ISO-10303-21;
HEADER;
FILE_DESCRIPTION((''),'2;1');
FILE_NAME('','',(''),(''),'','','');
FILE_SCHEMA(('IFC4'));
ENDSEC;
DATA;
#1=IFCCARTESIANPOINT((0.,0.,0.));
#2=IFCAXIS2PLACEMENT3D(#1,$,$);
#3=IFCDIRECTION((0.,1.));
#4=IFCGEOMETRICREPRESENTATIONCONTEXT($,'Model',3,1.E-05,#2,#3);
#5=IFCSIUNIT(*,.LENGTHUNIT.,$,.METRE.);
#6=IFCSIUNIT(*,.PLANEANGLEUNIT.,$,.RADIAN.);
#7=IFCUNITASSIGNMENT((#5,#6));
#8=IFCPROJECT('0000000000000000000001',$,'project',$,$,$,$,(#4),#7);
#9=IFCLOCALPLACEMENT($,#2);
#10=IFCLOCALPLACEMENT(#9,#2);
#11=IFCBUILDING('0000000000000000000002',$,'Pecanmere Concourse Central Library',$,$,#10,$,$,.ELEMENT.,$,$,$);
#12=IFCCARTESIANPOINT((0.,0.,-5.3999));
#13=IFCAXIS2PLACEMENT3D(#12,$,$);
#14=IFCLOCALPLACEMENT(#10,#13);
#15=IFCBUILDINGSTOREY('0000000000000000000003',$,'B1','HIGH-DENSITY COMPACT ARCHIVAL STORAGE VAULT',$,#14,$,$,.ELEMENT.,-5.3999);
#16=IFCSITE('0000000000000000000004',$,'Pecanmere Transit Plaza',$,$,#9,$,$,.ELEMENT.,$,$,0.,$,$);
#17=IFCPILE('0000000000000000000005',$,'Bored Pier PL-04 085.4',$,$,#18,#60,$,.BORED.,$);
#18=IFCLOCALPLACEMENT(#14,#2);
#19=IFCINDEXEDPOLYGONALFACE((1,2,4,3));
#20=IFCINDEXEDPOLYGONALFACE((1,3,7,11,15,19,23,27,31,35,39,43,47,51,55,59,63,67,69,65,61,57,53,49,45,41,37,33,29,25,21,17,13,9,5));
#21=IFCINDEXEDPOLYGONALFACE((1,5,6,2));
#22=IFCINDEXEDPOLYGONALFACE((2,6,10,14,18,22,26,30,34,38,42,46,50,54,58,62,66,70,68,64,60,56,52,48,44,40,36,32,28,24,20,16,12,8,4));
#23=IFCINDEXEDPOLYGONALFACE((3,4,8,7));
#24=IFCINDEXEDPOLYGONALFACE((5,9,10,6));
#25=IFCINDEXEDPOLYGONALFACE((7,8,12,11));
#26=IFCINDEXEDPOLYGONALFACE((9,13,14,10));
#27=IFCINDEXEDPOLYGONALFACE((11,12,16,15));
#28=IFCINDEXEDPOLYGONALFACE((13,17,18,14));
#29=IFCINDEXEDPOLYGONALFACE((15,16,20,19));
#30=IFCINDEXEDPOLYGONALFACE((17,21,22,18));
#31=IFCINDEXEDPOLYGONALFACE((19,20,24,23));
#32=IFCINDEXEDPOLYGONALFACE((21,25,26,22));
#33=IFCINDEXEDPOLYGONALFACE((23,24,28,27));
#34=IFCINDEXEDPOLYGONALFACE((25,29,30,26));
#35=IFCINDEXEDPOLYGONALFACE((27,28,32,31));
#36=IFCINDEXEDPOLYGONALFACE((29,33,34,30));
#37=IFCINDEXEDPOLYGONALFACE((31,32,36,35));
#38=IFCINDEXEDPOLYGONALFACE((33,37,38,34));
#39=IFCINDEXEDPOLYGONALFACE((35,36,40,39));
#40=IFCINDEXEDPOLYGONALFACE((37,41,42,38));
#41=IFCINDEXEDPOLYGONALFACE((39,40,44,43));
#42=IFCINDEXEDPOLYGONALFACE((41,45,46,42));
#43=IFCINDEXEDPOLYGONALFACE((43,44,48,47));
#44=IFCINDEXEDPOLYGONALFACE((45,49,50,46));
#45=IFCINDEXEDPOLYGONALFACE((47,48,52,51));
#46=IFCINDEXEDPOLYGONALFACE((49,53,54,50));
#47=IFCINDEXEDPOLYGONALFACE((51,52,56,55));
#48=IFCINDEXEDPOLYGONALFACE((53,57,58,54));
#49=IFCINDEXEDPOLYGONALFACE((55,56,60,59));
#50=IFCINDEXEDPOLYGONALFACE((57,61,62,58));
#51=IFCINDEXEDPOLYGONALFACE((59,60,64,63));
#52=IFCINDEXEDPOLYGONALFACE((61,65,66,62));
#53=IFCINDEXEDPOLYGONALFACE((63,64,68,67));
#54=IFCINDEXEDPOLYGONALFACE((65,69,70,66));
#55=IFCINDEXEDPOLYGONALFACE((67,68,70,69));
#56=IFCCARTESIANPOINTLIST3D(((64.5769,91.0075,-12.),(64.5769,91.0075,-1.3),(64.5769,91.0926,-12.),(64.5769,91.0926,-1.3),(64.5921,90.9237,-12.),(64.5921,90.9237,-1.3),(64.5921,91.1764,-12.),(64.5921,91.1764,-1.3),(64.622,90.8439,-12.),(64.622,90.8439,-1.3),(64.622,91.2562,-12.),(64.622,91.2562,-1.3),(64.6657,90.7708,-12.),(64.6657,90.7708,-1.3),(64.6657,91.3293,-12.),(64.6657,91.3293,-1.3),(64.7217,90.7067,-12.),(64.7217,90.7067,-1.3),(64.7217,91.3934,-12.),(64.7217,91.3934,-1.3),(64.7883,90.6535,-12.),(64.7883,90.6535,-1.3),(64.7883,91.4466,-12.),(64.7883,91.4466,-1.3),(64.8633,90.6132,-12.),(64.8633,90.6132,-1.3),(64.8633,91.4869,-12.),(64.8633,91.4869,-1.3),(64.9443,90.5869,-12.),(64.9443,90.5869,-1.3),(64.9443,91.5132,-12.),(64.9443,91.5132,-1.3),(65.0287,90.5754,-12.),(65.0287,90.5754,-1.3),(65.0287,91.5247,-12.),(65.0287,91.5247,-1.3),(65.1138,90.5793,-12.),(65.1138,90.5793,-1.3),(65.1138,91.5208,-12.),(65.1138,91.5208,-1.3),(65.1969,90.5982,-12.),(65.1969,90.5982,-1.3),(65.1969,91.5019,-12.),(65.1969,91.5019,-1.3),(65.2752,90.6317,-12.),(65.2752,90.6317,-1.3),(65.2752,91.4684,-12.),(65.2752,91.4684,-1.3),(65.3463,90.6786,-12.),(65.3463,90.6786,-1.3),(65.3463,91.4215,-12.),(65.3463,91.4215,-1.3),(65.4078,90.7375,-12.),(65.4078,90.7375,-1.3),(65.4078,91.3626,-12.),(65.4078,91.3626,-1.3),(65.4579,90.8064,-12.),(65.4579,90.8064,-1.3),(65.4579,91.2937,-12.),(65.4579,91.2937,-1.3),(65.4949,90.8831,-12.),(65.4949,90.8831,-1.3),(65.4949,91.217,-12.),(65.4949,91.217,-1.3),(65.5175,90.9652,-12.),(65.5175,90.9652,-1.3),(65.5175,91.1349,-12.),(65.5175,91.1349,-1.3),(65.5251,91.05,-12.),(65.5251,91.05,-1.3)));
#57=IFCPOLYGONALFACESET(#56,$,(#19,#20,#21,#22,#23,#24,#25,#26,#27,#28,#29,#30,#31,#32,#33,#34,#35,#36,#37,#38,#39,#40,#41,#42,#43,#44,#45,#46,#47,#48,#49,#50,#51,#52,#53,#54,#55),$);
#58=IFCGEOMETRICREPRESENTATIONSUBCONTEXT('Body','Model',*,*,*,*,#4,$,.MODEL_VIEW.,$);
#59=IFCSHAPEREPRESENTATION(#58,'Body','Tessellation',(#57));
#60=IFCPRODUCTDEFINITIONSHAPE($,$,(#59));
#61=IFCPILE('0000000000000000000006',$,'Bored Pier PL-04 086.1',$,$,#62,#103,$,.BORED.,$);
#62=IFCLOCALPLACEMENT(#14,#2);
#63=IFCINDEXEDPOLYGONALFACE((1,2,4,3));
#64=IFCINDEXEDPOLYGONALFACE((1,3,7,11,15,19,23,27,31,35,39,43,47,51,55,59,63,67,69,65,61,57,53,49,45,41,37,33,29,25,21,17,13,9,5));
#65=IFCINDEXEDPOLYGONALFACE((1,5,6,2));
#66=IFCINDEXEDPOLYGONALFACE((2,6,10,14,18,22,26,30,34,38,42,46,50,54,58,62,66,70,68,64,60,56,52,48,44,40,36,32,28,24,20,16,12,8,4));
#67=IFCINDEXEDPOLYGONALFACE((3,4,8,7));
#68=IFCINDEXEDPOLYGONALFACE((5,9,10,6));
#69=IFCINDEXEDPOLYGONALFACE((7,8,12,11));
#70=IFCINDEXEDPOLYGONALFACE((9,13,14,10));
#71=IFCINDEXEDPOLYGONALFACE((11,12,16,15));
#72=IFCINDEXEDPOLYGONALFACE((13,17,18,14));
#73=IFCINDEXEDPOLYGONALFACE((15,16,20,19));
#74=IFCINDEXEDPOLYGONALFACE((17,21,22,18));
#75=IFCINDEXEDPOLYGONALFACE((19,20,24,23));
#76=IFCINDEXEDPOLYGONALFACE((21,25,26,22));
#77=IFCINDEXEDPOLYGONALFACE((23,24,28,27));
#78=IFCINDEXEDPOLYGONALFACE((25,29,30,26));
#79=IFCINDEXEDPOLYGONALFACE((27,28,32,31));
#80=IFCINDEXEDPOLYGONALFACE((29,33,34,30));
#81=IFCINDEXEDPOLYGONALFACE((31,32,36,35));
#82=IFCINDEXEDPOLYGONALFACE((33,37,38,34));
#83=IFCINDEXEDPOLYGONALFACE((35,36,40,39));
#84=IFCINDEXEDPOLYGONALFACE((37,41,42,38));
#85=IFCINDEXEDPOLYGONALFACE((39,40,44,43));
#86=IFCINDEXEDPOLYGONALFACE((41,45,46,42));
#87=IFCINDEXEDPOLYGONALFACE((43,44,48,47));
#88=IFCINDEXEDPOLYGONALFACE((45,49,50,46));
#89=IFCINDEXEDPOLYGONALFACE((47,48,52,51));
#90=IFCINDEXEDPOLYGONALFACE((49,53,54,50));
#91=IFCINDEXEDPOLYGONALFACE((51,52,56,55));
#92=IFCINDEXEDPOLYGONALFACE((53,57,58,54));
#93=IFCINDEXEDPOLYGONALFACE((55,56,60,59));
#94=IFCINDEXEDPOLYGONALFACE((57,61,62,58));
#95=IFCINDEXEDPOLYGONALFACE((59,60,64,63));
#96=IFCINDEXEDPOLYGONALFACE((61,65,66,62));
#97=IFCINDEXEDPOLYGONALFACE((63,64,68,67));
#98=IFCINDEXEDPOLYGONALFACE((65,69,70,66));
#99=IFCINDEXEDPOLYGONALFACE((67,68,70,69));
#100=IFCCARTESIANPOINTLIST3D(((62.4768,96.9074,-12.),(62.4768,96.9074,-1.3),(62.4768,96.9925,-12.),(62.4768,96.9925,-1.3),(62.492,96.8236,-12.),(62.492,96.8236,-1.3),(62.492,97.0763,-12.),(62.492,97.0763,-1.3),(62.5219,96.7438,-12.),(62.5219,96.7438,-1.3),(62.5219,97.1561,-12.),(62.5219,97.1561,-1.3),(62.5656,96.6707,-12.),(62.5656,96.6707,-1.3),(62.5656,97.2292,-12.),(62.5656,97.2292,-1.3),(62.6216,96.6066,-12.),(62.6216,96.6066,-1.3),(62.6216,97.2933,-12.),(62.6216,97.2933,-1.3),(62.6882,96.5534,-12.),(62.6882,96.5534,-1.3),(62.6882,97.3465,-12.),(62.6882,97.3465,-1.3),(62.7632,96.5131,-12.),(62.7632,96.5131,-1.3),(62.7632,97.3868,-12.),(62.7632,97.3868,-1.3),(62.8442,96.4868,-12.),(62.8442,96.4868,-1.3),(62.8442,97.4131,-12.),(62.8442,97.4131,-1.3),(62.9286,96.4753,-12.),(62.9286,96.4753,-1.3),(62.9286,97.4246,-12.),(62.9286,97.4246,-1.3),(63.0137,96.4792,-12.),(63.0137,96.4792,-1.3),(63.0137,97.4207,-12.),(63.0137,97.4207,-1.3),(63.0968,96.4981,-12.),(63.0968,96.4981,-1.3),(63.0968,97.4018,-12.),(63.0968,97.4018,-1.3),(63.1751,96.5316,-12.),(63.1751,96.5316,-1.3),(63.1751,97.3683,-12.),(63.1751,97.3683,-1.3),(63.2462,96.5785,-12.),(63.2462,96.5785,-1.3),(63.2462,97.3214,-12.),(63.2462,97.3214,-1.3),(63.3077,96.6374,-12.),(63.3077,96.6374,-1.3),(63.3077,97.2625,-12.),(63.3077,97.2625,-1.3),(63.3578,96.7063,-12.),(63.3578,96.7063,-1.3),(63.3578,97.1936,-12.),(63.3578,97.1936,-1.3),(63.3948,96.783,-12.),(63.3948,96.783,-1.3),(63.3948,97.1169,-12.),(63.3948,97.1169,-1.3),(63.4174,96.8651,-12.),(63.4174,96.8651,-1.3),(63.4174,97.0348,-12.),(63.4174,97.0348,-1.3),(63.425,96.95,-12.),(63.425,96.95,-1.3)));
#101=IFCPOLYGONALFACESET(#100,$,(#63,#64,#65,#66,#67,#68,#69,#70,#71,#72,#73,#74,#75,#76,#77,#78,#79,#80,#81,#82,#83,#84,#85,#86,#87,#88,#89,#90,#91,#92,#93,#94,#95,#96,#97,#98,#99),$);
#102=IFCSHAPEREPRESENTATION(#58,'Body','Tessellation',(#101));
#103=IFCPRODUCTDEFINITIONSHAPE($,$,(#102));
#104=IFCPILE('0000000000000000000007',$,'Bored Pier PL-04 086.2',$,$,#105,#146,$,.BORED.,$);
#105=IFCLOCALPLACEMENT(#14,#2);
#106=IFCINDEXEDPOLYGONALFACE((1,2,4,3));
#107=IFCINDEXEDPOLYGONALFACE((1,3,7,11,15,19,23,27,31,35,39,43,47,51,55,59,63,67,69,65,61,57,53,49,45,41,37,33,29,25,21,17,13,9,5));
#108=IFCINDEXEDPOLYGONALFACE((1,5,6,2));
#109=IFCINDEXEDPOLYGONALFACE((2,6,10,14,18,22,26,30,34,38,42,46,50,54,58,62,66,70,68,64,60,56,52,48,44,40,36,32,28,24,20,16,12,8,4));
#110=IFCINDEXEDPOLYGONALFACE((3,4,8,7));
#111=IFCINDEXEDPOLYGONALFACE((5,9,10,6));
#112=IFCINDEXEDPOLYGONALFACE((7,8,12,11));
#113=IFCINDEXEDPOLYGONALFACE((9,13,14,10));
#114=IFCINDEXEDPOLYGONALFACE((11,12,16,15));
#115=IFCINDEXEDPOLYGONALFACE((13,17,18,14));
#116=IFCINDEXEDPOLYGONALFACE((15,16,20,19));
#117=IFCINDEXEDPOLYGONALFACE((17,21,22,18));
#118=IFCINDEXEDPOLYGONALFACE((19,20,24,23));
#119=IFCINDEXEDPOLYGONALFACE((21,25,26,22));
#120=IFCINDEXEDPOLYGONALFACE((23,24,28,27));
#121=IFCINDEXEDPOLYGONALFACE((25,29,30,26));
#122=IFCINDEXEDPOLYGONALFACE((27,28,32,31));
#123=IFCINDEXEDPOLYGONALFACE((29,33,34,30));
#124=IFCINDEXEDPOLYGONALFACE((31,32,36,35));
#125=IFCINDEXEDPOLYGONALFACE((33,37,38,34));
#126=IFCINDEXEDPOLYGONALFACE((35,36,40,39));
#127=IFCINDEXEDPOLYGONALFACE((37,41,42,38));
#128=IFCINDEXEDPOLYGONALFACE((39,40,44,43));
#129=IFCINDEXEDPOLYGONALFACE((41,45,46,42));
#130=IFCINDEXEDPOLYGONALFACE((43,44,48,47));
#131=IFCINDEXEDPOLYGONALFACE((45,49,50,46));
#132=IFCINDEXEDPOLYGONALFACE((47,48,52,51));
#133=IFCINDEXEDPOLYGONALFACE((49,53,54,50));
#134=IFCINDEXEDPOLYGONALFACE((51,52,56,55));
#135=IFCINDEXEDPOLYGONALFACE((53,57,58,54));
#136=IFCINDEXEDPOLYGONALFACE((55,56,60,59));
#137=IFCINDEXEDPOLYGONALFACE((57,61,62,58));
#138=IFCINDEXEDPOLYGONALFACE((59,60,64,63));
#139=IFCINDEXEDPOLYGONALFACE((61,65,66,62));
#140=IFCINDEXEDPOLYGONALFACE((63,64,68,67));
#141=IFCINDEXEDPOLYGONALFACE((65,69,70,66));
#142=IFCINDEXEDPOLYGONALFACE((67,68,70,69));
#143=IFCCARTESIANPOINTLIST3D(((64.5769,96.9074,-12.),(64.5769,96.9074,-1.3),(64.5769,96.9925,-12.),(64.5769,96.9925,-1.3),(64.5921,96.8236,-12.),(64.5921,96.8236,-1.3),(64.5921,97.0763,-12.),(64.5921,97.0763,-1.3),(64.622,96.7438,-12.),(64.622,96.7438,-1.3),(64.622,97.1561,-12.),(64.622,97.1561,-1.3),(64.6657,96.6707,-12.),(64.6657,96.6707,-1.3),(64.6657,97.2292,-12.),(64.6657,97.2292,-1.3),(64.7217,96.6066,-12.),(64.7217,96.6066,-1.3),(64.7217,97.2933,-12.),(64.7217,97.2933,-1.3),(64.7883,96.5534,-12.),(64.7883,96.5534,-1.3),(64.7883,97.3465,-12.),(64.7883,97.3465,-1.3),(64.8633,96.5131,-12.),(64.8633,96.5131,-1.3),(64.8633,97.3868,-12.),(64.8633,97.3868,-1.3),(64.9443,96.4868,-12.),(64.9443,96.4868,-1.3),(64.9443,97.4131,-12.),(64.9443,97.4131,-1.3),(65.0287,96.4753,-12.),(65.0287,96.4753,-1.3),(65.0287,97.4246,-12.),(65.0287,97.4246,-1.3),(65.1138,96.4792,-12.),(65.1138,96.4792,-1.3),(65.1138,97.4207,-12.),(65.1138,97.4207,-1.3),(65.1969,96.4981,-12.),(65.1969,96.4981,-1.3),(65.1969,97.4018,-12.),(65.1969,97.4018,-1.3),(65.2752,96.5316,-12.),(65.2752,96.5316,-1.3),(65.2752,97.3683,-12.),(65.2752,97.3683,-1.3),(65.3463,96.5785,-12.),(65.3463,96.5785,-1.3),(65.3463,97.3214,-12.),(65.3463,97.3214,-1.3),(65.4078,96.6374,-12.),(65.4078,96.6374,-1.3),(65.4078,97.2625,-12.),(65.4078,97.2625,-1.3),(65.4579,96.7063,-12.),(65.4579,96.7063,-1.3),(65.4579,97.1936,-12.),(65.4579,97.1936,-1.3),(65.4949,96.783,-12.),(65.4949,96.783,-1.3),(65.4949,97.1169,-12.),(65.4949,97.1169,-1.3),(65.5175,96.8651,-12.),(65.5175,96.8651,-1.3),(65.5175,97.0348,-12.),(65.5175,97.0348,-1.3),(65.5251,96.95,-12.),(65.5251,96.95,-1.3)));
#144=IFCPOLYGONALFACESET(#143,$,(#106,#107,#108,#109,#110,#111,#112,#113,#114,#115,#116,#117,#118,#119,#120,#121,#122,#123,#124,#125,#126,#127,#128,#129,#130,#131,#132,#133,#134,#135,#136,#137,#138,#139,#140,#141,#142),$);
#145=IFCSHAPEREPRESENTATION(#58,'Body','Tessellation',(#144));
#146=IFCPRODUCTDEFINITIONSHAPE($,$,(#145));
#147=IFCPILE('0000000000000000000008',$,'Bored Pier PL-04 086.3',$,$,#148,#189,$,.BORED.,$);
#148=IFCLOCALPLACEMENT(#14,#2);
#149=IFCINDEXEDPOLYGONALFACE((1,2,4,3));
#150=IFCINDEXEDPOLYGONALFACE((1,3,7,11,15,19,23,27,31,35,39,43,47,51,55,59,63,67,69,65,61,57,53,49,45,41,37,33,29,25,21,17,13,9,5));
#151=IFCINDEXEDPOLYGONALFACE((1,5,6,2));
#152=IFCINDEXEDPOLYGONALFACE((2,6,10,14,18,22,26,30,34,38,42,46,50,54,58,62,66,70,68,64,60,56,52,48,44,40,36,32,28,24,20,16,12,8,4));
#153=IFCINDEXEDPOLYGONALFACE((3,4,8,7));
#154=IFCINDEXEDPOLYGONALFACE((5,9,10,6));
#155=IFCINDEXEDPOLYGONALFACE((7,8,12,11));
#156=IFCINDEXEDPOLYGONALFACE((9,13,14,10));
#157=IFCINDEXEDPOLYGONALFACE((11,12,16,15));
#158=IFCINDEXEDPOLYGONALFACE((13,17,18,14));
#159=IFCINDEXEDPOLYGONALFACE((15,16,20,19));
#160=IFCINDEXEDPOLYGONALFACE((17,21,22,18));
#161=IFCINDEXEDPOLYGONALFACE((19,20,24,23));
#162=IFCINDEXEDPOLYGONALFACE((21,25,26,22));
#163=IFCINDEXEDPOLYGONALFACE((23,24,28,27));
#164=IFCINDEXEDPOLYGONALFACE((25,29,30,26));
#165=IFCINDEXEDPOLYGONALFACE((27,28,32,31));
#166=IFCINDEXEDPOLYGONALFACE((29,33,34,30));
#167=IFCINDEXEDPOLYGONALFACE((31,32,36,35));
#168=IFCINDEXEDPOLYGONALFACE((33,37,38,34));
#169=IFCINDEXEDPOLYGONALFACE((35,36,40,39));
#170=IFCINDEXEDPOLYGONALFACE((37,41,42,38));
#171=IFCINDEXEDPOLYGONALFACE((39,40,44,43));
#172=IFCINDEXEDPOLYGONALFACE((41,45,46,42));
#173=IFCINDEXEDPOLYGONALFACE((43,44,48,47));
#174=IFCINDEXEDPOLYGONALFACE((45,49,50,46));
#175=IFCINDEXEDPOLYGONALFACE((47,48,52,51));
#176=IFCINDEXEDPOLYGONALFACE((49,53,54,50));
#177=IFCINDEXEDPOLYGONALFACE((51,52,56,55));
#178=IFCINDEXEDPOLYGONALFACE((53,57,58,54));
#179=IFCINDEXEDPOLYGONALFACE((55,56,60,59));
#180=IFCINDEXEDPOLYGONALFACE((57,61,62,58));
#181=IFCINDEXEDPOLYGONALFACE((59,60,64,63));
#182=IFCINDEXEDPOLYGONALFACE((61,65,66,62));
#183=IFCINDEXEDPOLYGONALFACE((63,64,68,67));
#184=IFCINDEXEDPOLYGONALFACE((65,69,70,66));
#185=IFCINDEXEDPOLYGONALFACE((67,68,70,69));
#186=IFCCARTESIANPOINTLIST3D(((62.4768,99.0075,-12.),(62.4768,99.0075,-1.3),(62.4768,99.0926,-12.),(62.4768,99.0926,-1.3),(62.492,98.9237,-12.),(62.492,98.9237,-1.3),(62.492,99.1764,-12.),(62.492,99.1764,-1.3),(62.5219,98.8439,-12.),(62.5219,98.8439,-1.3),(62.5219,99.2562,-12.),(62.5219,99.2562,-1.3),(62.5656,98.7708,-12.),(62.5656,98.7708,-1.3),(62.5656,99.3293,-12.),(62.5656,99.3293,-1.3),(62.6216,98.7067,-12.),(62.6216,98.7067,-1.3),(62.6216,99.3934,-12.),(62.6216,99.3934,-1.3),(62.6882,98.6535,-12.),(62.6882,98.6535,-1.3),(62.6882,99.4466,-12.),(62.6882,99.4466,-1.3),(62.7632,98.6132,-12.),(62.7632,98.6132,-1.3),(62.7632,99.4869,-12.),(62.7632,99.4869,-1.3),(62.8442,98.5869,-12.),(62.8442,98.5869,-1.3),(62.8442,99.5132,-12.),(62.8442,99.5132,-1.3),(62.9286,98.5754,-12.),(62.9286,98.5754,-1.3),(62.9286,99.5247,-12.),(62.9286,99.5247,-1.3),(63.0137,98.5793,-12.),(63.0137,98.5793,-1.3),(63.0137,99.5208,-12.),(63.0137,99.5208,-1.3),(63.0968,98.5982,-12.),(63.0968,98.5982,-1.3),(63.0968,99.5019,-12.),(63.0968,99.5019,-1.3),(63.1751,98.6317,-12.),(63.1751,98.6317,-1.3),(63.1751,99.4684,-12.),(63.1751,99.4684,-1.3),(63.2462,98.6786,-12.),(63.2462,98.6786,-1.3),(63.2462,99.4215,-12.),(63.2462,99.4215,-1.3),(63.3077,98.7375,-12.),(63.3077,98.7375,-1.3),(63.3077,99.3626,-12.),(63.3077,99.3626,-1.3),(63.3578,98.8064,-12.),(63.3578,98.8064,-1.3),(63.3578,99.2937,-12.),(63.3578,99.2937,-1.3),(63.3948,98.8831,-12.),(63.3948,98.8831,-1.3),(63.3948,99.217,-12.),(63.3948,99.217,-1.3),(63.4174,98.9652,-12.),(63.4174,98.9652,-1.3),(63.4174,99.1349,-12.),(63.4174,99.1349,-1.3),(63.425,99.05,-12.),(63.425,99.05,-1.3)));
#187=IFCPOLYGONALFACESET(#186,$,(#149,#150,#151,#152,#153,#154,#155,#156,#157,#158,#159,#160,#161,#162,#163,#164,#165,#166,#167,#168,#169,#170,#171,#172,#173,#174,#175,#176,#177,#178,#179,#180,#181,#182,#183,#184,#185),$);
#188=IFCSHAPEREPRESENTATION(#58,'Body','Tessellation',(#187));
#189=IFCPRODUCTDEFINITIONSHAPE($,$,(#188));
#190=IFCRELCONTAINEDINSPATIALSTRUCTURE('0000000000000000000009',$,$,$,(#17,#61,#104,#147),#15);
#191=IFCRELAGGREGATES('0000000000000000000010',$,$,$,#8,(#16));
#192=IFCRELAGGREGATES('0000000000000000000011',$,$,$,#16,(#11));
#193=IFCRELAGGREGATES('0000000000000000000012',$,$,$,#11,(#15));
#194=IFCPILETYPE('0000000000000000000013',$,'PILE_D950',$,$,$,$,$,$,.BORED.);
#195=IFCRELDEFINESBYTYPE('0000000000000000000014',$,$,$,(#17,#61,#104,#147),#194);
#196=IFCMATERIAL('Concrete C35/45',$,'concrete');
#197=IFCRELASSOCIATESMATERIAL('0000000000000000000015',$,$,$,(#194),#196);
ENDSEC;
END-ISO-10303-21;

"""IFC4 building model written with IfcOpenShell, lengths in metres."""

from ifc_helpers import new_model, si_unit, direction, frame, origin, origin_2d, place, context, subcontext, project, spatial, circle, extrude, material, material_profile, profile_set, type_object, element, save


model = new_model("IFC4")

# Units and contexts
model_context = context("Model", 3, precision=1e-05, world=origin(), true_north=direction((0.0, 1.0)))
body_context = subcontext(model_context, "Body", "Model", "MODEL_VIEW")
ifc_project = project(units=[si_unit("LENGTHUNIT", "METRE"), si_unit("PLANEANGLEUNIT", "RADIAN")], contexts=[model_context])

# Site, building, storey
site_placement = place(None, origin())
site = spatial("IfcSite", under=ifc_project, at=site_placement, Name="Pecanmere Transit Plaza", CompositionType="ELEMENT", RefElevation=0.0)
building_placement = place(site_placement, origin())
building = spatial("IfcBuilding", under=site, at=building_placement, Name="Pecanmere Concourse Central Library", CompositionType="ELEMENT")
storey_placement = place(building_placement, frame((0.0, 0.0, -5.3999)))
storey = spatial("IfcBuildingStorey", under=building, at=storey_placement, Name="B1", Description="HIGH-DENSITY COMPACT ARCHIVAL STORAGE VAULT", CompositionType="ELEMENT", Elevation=-5.3999)

# Piles
ifc_material_1 = material(Name="Concrete C35/45", Category="concrete")
ifc_material_profile_1 = material_profile(ifc_material_1, circle(Radius=0.4751, at=origin_2d()), Name="PIER D950")
ifc_profile_set_1 = profile_set([ifc_material_profile_1], Name="Concrete C35/45")
pile_type_1 = type_object("IfcPileType", Name="PILE_D950", PredefinedType="BORED", material=ifc_profile_set_1)
for number, where, z_axis, x_axis, name in (
    (1, (65.05, 91.05, -1.3), (0.0, 0.0, -1.0), (1.0, 0.0, 0.0), "Bored Pier PL-04 085.4"),
    (2, (62.95, 96.95, -1.3), (0.0, 0.0, -1.0), (1.0, 0.0, 0.0), "Bored Pier PL-04 086.1"),
    (3, (65.05, 96.95, -1.3), (0.0, 0.0, -1.0), (1.0, 0.0, 0.0), "Bored Pier PL-04 086.2"),
    (4, (62.95, 99.05, -1.3), (0.0, 0.0, -1.0), (1.0, 0.0, 0.0), "Bored Pier PL-04 086.3"),
):
    element("IfcPile", number, at=place(storey_placement, frame(where, z_axis=z_axis, x_axis=x_axis)), inside=storey, type_object=pile_type_1, Name=name, PredefinedType="BORED", context=body_context, shape_type="SweptSolid", body=[
        extrude(circle(Radius=0.4751, at=origin_2d()), origin(), (0.0, 0.0, 1.0), 10.7),
    ])

save(model, "model.ifc")
